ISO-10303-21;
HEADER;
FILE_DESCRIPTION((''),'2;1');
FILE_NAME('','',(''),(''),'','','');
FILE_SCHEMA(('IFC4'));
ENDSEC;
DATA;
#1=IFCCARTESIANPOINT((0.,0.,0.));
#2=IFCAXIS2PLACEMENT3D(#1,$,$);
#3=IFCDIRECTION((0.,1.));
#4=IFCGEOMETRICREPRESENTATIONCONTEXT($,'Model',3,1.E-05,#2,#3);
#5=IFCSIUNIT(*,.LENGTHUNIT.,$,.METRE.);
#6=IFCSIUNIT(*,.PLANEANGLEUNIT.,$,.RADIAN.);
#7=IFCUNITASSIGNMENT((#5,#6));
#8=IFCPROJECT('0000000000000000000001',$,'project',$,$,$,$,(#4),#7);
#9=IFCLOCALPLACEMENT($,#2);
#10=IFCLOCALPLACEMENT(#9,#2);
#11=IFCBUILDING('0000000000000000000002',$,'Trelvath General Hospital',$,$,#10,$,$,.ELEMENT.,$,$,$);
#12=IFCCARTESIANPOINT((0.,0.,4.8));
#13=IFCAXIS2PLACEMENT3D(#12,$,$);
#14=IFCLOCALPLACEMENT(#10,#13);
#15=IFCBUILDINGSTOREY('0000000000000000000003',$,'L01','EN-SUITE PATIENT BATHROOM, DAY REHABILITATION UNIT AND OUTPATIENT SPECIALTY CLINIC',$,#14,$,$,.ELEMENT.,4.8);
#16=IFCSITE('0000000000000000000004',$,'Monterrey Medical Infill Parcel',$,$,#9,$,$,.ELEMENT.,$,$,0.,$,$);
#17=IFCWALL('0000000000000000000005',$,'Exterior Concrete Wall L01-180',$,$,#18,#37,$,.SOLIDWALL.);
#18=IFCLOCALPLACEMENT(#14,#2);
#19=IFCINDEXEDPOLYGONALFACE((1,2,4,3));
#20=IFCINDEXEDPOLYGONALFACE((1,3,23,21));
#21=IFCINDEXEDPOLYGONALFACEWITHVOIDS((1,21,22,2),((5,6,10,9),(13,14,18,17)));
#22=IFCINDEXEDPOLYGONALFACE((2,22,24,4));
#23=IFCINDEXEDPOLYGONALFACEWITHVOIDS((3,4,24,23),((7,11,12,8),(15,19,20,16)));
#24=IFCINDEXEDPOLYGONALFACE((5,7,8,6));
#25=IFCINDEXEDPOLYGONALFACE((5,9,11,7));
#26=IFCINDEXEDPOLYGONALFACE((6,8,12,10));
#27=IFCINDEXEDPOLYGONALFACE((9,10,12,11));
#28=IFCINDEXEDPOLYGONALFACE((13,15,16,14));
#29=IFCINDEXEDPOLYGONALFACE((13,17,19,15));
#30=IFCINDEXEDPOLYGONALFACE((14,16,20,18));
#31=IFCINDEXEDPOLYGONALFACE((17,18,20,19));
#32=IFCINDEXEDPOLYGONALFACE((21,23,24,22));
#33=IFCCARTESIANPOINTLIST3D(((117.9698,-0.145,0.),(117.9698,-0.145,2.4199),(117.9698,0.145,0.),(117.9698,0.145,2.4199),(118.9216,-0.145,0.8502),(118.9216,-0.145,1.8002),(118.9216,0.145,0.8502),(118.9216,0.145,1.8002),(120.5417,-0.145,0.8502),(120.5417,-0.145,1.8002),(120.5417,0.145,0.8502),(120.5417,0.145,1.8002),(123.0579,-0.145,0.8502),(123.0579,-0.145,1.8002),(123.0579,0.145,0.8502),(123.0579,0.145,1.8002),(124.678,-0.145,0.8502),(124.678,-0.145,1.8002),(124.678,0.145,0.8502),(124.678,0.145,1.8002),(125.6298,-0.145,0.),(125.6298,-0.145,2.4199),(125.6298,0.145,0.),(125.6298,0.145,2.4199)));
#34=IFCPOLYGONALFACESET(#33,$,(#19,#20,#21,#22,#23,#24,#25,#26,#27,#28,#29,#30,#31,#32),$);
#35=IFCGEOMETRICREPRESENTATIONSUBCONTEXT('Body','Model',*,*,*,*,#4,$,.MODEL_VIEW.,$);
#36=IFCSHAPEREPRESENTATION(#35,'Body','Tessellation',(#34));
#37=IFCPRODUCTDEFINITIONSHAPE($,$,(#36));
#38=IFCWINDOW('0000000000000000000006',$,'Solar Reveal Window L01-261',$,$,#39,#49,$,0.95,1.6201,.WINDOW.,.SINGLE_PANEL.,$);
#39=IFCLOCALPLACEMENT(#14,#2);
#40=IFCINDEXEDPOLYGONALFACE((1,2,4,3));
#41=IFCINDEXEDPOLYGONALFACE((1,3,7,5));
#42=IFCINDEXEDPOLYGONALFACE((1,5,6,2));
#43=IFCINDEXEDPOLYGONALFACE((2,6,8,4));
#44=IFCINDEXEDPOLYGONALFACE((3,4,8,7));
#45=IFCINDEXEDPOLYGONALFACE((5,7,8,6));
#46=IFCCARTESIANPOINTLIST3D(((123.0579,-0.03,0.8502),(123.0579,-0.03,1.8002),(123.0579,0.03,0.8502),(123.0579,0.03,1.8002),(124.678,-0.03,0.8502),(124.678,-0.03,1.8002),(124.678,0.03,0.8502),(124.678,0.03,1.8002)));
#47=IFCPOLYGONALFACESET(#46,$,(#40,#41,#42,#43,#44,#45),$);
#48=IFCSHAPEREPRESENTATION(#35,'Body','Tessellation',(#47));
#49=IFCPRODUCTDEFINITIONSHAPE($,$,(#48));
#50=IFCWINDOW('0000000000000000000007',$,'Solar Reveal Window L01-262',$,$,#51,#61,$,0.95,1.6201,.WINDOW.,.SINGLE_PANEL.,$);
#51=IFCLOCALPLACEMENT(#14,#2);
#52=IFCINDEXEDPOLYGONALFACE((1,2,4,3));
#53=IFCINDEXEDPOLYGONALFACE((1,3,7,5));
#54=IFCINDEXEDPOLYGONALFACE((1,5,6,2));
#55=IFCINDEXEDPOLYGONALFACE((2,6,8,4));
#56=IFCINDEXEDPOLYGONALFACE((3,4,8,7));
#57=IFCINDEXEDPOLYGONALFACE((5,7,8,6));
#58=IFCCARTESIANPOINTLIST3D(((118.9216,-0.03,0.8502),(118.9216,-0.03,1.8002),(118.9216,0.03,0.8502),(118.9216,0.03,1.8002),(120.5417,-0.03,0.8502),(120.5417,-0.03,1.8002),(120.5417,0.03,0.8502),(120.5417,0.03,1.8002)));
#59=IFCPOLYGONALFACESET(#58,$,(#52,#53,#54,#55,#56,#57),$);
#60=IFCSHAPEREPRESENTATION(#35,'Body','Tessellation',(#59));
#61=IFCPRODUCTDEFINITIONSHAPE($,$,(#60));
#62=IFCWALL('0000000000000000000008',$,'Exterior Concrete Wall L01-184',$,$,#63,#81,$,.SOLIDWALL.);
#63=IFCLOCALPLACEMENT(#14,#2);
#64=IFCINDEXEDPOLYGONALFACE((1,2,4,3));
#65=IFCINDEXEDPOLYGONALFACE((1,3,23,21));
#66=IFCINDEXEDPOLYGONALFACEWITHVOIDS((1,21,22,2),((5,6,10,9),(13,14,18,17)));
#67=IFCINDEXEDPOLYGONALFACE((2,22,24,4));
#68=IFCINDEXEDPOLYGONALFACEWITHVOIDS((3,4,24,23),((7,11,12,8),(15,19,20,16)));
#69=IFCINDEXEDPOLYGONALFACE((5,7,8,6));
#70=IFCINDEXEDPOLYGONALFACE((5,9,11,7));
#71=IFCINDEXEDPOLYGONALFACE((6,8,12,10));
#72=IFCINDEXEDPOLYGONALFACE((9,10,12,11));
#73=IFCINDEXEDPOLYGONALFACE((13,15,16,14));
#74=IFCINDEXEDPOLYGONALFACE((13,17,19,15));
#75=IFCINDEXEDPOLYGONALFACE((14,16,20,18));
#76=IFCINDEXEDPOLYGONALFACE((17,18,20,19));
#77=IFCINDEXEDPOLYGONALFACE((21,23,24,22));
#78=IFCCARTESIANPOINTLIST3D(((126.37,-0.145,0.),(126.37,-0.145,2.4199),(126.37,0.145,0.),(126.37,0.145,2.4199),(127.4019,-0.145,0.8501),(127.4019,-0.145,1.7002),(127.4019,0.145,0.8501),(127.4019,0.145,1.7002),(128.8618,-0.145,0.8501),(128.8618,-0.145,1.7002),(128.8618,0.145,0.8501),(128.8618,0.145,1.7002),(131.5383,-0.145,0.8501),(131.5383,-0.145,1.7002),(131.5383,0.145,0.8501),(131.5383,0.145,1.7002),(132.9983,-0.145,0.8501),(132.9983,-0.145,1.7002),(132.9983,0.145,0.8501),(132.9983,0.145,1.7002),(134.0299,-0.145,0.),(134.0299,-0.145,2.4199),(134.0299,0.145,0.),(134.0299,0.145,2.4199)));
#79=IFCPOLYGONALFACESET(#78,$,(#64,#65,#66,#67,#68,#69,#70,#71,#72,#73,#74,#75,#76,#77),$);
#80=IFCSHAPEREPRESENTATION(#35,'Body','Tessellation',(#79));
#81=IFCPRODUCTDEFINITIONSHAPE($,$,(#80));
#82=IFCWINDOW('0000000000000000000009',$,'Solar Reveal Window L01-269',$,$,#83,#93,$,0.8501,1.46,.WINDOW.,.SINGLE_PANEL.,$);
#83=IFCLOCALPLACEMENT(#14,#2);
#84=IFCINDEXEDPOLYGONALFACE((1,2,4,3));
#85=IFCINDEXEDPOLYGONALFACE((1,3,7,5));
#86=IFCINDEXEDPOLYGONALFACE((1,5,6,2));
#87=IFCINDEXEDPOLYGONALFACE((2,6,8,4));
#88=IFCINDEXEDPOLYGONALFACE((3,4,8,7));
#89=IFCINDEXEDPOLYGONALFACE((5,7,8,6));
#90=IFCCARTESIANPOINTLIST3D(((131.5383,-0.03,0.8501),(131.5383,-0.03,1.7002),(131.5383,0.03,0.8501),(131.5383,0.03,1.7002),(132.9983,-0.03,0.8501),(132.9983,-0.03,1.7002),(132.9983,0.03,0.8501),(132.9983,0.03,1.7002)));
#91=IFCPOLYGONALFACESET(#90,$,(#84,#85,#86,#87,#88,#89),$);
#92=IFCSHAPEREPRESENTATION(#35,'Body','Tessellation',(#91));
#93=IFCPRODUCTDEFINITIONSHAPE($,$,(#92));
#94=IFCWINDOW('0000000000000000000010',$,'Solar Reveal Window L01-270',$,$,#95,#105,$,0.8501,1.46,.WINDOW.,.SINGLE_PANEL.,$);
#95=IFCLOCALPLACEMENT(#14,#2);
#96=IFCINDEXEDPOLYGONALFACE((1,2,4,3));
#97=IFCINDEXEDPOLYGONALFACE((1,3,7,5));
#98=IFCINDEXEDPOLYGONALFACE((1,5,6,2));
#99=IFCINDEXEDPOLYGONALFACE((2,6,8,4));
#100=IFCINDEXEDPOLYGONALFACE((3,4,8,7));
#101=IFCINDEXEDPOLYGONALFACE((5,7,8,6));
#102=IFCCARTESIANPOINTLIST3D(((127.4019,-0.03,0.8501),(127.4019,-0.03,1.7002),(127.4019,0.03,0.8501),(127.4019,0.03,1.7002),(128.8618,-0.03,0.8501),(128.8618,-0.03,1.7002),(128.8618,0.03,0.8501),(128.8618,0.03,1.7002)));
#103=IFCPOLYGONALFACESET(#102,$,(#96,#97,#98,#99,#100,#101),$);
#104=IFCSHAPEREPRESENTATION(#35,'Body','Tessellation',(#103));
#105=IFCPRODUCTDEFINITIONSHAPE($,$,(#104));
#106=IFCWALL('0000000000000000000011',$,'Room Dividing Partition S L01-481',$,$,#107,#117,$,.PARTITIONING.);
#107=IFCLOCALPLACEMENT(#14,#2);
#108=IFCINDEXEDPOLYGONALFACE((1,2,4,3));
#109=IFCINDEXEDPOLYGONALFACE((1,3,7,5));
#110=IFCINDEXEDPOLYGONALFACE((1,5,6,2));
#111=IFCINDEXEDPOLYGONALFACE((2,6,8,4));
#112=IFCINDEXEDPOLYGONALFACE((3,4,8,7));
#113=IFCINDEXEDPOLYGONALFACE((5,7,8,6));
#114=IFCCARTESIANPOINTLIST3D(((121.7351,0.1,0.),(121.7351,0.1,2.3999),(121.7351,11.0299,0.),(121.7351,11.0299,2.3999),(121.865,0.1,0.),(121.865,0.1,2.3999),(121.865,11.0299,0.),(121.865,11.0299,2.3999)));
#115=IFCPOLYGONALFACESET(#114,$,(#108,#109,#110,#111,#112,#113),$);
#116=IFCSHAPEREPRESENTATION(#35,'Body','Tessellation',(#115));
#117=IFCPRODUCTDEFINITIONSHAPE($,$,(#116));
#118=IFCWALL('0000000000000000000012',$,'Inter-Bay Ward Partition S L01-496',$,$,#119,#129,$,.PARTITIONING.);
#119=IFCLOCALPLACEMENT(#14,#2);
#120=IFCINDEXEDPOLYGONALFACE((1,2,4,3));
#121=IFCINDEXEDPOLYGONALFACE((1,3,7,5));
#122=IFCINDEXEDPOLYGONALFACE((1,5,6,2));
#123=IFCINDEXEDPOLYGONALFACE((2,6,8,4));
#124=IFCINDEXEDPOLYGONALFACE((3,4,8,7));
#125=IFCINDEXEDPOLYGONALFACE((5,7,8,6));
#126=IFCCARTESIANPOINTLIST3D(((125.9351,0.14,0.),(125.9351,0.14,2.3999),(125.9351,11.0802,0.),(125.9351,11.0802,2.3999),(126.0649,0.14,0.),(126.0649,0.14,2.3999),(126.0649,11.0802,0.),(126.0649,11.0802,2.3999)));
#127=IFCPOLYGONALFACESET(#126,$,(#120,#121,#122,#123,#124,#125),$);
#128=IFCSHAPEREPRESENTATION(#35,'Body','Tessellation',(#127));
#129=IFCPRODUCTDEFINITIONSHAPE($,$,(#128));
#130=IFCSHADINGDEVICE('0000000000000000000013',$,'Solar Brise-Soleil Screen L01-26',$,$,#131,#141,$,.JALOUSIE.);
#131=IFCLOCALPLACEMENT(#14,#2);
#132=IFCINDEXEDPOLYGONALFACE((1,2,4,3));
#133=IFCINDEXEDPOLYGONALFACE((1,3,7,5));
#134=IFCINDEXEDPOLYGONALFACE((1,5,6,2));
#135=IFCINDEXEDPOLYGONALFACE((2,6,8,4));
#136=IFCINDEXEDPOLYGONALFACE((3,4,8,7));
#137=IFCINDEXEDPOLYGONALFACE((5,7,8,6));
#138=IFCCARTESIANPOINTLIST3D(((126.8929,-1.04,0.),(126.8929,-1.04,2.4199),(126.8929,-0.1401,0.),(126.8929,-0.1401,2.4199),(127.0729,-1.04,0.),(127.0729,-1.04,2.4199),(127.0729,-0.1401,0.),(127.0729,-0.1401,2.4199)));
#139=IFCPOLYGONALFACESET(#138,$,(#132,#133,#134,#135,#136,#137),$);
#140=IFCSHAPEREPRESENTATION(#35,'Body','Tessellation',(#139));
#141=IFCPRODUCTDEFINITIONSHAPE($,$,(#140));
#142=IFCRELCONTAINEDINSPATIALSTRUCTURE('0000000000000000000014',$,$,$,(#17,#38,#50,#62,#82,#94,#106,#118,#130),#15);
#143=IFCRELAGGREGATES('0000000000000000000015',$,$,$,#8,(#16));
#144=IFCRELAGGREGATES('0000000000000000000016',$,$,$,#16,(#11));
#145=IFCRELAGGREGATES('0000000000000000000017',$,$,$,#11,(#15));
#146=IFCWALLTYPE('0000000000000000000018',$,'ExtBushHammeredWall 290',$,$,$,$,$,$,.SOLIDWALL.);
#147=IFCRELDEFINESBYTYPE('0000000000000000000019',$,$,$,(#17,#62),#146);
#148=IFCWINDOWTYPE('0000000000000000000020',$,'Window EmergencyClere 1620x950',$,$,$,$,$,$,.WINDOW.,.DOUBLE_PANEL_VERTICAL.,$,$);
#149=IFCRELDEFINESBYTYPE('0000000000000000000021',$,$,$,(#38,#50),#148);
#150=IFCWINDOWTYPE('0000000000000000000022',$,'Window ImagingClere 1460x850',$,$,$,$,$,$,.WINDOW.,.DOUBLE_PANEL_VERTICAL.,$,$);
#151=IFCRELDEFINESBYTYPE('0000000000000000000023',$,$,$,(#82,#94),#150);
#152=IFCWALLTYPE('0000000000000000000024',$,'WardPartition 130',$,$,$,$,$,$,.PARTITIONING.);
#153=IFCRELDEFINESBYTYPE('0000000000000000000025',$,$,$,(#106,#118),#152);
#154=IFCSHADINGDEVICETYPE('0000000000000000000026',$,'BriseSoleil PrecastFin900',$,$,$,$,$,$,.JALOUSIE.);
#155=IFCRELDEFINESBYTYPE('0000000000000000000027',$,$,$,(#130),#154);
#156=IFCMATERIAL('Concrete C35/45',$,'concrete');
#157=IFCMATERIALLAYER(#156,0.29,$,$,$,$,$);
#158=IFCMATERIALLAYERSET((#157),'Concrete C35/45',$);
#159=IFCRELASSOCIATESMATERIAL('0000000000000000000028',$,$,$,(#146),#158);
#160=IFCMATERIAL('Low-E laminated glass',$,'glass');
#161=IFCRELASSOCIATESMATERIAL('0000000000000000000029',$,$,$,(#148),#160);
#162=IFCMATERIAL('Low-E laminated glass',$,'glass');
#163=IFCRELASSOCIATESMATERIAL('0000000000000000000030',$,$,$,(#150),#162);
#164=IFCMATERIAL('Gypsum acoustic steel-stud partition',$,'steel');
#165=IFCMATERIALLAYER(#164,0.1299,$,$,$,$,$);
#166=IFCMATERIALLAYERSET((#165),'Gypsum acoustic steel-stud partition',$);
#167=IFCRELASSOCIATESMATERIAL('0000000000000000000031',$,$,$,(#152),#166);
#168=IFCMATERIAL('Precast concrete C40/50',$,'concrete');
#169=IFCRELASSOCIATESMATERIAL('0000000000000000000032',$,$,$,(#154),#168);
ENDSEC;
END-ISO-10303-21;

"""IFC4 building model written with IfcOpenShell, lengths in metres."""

from ifc_helpers import new_model, si_unit, direction, frame, frame_2d, origin, origin_2d, place, context, subcontext, project, spatial, rectangle, extrude, material, layer, layer_set, type_object, element, fill, save


model = new_model("IFC4")

# Units and contexts
model_context = context("Model", 3, precision=1e-05, world=origin(), true_north=direction((0.0, 1.0)))
body_context = subcontext(model_context, "Body", "Model", "MODEL_VIEW")
ifc_project = project(units=[si_unit("LENGTHUNIT", "METRE"), si_unit("PLANEANGLEUNIT", "RADIAN")], contexts=[model_context])

# Site, building, storey
site_placement = place(None, origin())
site = spatial("IfcSite", under=ifc_project, at=site_placement, Name="Monterrey Medical Infill Parcel", CompositionType="ELEMENT", RefElevation=0.0)
building_placement = place(site_placement, origin())
building = spatial("IfcBuilding", under=site, at=building_placement, Name="Trelvath General Hospital", CompositionType="ELEMENT")
storey_placement = place(building_placement, frame((0.0, 0.0, 4.8)))
storey = spatial("IfcBuildingStorey", under=building, at=storey_placement, Name="L01", Description="EN-SUITE PATIENT BATHROOM, DAY REHABILITATION UNIT AND OUTPATIENT SPECIALTY CLINIC", CompositionType="ELEMENT", Elevation=4.8)

# Walls, openings, windows
ifc_material_1 = material(Name="Concrete C35/45", Category="concrete")
ifc_layer_1 = layer(ifc_material_1, 0.29)
ifc_layer_set_1 = layer_set([ifc_layer_1], Name="Concrete C35/45")
wall_type_1 = type_object("IfcWallType", Name="ExtBushHammeredWall 290", PredefinedType="SOLIDWALL", material=ifc_layer_set_1)
wall_1_placement = place(storey_placement, frame((125.6299, 0.0, 0.0), z_axis=(0.0, 0.0, 1.0), x_axis=(-1.0, 0.0, 0.0)))
wall_1 = element("IfcWall", 1, at=wall_1_placement, inside=storey, type_object=wall_type_1, Name="Exterior Concrete Wall L01-180", PredefinedType="SOLIDWALL", context=body_context, shape_type="SweptSolid", body=[
    extrude(rectangle(XDim=7.6599, YDim=0.29, at=frame_2d((3.8301, 0.0))), origin(), (0.0, 0.0, 1.0), 2.4199),
])
opening_1_placement = place(wall_1_placement, frame((0.9519, 0.0, 0.8501)))
opening_1 = element("IfcOpeningElement", 2, at=opening_1_placement, cuts=wall_1, PredefinedType="OPENING", context=body_context, shape_type="SweptSolid", body=[
    extrude(rectangle(XDim=1.6201, YDim=0.95, at=frame_2d((0.8101, 0.4751))), frame((0.0, 0.155, 0.0), z_axis=(0.0, -1.0, 0.0), x_axis=(1.0, 0.0, 0.0)), (0.0, 0.0, 1.0), 0.3101),
])
opening_2_placement = place(wall_1_placement, frame((5.0881, 0.0, 0.8501)))
opening_2 = element("IfcOpeningElement", 3, at=opening_2_placement, cuts=wall_1, PredefinedType="OPENING", context=body_context, shape_type="SweptSolid", body=[
    extrude(rectangle(XDim=1.6201, YDim=0.95, at=frame_2d((0.8101, 0.4751))), frame((0.0, 0.155, 0.0), z_axis=(0.0, -1.0, 0.0), x_axis=(1.0, 0.0, 0.0)), (0.0, 0.0, 1.0), 0.3101),
])
ifc_material_2 = material(Name="Low-E laminated glass", Category="glass")
window_type_1 = type_object("IfcWindowType", Name="Window EmergencyClere 1620x950", PartitioningType="DOUBLE_PANEL_VERTICAL", PredefinedType="WINDOW", material=ifc_material_2)
window_1_placement = place(opening_1_placement, origin())
window_1 = element("IfcWindow", 4, at=window_1_placement, inside=storey, type_object=window_type_1, Name="Solar Reveal Window L01-261", OverallHeight=0.95, OverallWidth=1.6201, PartitioningType="SINGLE_PANEL", PredefinedType="WINDOW", context=body_context, shape_type="SweptSolid", body=[
    extrude(rectangle(XDim=1.6201, YDim=0.95, at=frame_2d((0.8101, 0.4751))), frame((0.0, 0.03, 0.0), z_axis=(0.0, -1.0, 0.0), x_axis=(1.0, 0.0, 0.0)), (0.0, 0.0, 1.0), 0.0601),
])
fill(opening_1, window_1)
window_2_placement = place(opening_2_placement, origin())
window_2 = element("IfcWindow", 5, at=window_2_placement, inside=storey, type_object=window_type_1, Name="Solar Reveal Window L01-262", OverallHeight=0.95, OverallWidth=1.6201, PartitioningType="SINGLE_PANEL", PredefinedType="WINDOW", context=body_context, shape_type="SweptSolid", body=[
    extrude(rectangle(XDim=1.6201, YDim=0.95, at=frame_2d((0.8101, 0.4751))), frame((0.0, 0.03, 0.0), z_axis=(0.0, -1.0, 0.0), x_axis=(1.0, 0.0, 0.0)), (0.0, 0.0, 1.0), 0.0601),
])
fill(opening_2, window_2)
wall_2_placement = place(storey_placement, frame((134.03, 0.0, 0.0), z_axis=(0.0, 0.0, 1.0), x_axis=(-1.0, 0.0, 0.0)))
wall_2 = element("IfcWall", 6, at=wall_2_placement, inside=storey, type_object=wall_type_1, Name="Exterior Concrete Wall L01-184", PredefinedType="SOLIDWALL", context=body_context, shape_type="SweptSolid", body=[
    extrude(rectangle(XDim=7.6599, YDim=0.29, at=frame_2d((3.8301, 0.0))), origin(), (0.0, 0.0, 1.0), 2.4199),
])
opening_3_placement = place(wall_2_placement, frame((1.0317, 0.0, 0.8501)))
opening_3 = element("IfcOpeningElement", 7, at=opening_3_placement, cuts=wall_2, PredefinedType="OPENING", context=body_context, shape_type="SweptSolid", body=[
    extrude(rectangle(XDim=1.46, YDim=0.8501, at=frame_2d((0.73, 0.425))), frame((0.0, 0.155, 0.0), z_axis=(0.0, -1.0, 0.0), x_axis=(1.0, 0.0, 0.0)), (0.0, 0.0, 1.0), 0.3101),
])
opening_4_placement = place(wall_2_placement, frame((5.1682, 0.0, 0.8501)))
opening_4 = element("IfcOpeningElement", 8, at=opening_4_placement, cuts=wall_2, PredefinedType="OPENING", context=body_context, shape_type="SweptSolid", body=[
    extrude(rectangle(XDim=1.46, YDim=0.8501, at=frame_2d((0.73, 0.425))), frame((0.0, 0.155, 0.0), z_axis=(0.0, -1.0, 0.0), x_axis=(1.0, 0.0, 0.0)), (0.0, 0.0, 1.0), 0.3101),
])
ifc_material_3 = material(Name="Low-E laminated glass", Category="glass")
window_type_2 = type_object("IfcWindowType", Name="Window ImagingClere 1460x850", PartitioningType="DOUBLE_PANEL_VERTICAL", PredefinedType="WINDOW", material=ifc_material_3)
window_3_placement = place(opening_3_placement, origin())
window_3 = element("IfcWindow", 9, at=window_3_placement, inside=storey, type_object=window_type_2, Name="Solar Reveal Window L01-269", OverallHeight=0.8501, OverallWidth=1.46, PartitioningType="SINGLE_PANEL", PredefinedType="WINDOW", context=body_context, shape_type="SweptSolid", body=[
    extrude(rectangle(XDim=1.46, YDim=0.8501, at=frame_2d((0.73, 0.425))), frame((0.0, 0.03, 0.0), z_axis=(0.0, -1.0, 0.0), x_axis=(1.0, 0.0, 0.0)), (0.0, 0.0, 1.0), 0.0601),
])
fill(opening_3, window_3)
window_4_placement = place(opening_4_placement, origin())
window_4 = element("IfcWindow", 10, at=window_4_placement, inside=storey, type_object=window_type_2, Name="Solar Reveal Window L01-270", OverallHeight=0.8501, OverallWidth=1.46, PartitioningType="SINGLE_PANEL", PredefinedType="WINDOW", context=body_context, shape_type="SweptSolid", body=[
    extrude(rectangle(XDim=1.46, YDim=0.8501, at=frame_2d((0.73, 0.425))), frame((0.0, 0.03, 0.0), z_axis=(0.0, -1.0, 0.0), x_axis=(1.0, 0.0, 0.0)), (0.0, 0.0, 1.0), 0.0601),
])
fill(opening_4, window_4)

# Walls
ifc_material_4 = material(Name="Gypsum acoustic steel-stud partition", Category="steel")
ifc_layer_2 = layer(ifc_material_4, 0.1299)
ifc_layer_set_2 = layer_set([ifc_layer_2], Name="Gypsum acoustic steel-stud partition")
wall_type_2 = type_object("IfcWallType", Name="WardPartition 130", PredefinedType="PARTITIONING", material=ifc_layer_set_2)
wall_3_placement = place(storey_placement, frame((121.8, 0.1001, 0.0), z_axis=(0.0, 0.0, 1.0), x_axis=(0.0, 1.0, 0.0)))
element("IfcWall", 11, at=wall_3_placement, inside=storey, type_object=wall_type_2, Name="Room Dividing Partition S L01-481", PredefinedType="PARTITIONING", context=body_context, shape_type="SweptSolid", body=[
    extrude(rectangle(XDim=10.9299, YDim=0.1299, at=frame_2d((5.4648, 0.0))), origin(), (0.0, 0.0, 1.0), 2.3999),
])
wall_4_placement = place(storey_placement, frame((126.0, 0.1399, 0.0), z_axis=(0.0, 0.0, 1.0), x_axis=(0.0, 1.0, 0.0)))
element("IfcWall", 12, at=wall_4_placement, inside=storey, type_object=wall_type_2, Name="Inter-Bay Ward Partition S L01-496", PredefinedType="PARTITIONING", context=body_context, shape_type="SweptSolid", body=[
    extrude(rectangle(XDim=10.9402, YDim=0.1299, at=frame_2d((5.4702, 0.0))), origin(), (0.0, 0.0, 1.0), 2.3999),
])

# Shading device
ifc_material_5 = material(Name="Precast concrete C40/50", Category="concrete")
shading_device_type = type_object("IfcShadingDeviceType", Name="BriseSoleil PrecastFin900", PredefinedType="JALOUSIE", material=ifc_material_5)
shading_device_placement = place(storey_placement, frame((126.9829, -0.5901, 0.0), z_axis=(0.0, 0.0, 1.0), x_axis=(0.0, -1.0, 0.0)))
element("IfcShadingDevice", 13, at=shading_device_placement, inside=storey, type_object=shading_device_type, Name="Solar Brise-Soleil Screen L01-26", PredefinedType="JALOUSIE", context=body_context, shape_type="SweptSolid", body=[
    extrude(rectangle(XDim=0.8999, YDim=0.1799, at=origin_2d()), origin(), (0.0, 0.0, 1.0), 2.4199),
])

save(model, "model.ifc")
